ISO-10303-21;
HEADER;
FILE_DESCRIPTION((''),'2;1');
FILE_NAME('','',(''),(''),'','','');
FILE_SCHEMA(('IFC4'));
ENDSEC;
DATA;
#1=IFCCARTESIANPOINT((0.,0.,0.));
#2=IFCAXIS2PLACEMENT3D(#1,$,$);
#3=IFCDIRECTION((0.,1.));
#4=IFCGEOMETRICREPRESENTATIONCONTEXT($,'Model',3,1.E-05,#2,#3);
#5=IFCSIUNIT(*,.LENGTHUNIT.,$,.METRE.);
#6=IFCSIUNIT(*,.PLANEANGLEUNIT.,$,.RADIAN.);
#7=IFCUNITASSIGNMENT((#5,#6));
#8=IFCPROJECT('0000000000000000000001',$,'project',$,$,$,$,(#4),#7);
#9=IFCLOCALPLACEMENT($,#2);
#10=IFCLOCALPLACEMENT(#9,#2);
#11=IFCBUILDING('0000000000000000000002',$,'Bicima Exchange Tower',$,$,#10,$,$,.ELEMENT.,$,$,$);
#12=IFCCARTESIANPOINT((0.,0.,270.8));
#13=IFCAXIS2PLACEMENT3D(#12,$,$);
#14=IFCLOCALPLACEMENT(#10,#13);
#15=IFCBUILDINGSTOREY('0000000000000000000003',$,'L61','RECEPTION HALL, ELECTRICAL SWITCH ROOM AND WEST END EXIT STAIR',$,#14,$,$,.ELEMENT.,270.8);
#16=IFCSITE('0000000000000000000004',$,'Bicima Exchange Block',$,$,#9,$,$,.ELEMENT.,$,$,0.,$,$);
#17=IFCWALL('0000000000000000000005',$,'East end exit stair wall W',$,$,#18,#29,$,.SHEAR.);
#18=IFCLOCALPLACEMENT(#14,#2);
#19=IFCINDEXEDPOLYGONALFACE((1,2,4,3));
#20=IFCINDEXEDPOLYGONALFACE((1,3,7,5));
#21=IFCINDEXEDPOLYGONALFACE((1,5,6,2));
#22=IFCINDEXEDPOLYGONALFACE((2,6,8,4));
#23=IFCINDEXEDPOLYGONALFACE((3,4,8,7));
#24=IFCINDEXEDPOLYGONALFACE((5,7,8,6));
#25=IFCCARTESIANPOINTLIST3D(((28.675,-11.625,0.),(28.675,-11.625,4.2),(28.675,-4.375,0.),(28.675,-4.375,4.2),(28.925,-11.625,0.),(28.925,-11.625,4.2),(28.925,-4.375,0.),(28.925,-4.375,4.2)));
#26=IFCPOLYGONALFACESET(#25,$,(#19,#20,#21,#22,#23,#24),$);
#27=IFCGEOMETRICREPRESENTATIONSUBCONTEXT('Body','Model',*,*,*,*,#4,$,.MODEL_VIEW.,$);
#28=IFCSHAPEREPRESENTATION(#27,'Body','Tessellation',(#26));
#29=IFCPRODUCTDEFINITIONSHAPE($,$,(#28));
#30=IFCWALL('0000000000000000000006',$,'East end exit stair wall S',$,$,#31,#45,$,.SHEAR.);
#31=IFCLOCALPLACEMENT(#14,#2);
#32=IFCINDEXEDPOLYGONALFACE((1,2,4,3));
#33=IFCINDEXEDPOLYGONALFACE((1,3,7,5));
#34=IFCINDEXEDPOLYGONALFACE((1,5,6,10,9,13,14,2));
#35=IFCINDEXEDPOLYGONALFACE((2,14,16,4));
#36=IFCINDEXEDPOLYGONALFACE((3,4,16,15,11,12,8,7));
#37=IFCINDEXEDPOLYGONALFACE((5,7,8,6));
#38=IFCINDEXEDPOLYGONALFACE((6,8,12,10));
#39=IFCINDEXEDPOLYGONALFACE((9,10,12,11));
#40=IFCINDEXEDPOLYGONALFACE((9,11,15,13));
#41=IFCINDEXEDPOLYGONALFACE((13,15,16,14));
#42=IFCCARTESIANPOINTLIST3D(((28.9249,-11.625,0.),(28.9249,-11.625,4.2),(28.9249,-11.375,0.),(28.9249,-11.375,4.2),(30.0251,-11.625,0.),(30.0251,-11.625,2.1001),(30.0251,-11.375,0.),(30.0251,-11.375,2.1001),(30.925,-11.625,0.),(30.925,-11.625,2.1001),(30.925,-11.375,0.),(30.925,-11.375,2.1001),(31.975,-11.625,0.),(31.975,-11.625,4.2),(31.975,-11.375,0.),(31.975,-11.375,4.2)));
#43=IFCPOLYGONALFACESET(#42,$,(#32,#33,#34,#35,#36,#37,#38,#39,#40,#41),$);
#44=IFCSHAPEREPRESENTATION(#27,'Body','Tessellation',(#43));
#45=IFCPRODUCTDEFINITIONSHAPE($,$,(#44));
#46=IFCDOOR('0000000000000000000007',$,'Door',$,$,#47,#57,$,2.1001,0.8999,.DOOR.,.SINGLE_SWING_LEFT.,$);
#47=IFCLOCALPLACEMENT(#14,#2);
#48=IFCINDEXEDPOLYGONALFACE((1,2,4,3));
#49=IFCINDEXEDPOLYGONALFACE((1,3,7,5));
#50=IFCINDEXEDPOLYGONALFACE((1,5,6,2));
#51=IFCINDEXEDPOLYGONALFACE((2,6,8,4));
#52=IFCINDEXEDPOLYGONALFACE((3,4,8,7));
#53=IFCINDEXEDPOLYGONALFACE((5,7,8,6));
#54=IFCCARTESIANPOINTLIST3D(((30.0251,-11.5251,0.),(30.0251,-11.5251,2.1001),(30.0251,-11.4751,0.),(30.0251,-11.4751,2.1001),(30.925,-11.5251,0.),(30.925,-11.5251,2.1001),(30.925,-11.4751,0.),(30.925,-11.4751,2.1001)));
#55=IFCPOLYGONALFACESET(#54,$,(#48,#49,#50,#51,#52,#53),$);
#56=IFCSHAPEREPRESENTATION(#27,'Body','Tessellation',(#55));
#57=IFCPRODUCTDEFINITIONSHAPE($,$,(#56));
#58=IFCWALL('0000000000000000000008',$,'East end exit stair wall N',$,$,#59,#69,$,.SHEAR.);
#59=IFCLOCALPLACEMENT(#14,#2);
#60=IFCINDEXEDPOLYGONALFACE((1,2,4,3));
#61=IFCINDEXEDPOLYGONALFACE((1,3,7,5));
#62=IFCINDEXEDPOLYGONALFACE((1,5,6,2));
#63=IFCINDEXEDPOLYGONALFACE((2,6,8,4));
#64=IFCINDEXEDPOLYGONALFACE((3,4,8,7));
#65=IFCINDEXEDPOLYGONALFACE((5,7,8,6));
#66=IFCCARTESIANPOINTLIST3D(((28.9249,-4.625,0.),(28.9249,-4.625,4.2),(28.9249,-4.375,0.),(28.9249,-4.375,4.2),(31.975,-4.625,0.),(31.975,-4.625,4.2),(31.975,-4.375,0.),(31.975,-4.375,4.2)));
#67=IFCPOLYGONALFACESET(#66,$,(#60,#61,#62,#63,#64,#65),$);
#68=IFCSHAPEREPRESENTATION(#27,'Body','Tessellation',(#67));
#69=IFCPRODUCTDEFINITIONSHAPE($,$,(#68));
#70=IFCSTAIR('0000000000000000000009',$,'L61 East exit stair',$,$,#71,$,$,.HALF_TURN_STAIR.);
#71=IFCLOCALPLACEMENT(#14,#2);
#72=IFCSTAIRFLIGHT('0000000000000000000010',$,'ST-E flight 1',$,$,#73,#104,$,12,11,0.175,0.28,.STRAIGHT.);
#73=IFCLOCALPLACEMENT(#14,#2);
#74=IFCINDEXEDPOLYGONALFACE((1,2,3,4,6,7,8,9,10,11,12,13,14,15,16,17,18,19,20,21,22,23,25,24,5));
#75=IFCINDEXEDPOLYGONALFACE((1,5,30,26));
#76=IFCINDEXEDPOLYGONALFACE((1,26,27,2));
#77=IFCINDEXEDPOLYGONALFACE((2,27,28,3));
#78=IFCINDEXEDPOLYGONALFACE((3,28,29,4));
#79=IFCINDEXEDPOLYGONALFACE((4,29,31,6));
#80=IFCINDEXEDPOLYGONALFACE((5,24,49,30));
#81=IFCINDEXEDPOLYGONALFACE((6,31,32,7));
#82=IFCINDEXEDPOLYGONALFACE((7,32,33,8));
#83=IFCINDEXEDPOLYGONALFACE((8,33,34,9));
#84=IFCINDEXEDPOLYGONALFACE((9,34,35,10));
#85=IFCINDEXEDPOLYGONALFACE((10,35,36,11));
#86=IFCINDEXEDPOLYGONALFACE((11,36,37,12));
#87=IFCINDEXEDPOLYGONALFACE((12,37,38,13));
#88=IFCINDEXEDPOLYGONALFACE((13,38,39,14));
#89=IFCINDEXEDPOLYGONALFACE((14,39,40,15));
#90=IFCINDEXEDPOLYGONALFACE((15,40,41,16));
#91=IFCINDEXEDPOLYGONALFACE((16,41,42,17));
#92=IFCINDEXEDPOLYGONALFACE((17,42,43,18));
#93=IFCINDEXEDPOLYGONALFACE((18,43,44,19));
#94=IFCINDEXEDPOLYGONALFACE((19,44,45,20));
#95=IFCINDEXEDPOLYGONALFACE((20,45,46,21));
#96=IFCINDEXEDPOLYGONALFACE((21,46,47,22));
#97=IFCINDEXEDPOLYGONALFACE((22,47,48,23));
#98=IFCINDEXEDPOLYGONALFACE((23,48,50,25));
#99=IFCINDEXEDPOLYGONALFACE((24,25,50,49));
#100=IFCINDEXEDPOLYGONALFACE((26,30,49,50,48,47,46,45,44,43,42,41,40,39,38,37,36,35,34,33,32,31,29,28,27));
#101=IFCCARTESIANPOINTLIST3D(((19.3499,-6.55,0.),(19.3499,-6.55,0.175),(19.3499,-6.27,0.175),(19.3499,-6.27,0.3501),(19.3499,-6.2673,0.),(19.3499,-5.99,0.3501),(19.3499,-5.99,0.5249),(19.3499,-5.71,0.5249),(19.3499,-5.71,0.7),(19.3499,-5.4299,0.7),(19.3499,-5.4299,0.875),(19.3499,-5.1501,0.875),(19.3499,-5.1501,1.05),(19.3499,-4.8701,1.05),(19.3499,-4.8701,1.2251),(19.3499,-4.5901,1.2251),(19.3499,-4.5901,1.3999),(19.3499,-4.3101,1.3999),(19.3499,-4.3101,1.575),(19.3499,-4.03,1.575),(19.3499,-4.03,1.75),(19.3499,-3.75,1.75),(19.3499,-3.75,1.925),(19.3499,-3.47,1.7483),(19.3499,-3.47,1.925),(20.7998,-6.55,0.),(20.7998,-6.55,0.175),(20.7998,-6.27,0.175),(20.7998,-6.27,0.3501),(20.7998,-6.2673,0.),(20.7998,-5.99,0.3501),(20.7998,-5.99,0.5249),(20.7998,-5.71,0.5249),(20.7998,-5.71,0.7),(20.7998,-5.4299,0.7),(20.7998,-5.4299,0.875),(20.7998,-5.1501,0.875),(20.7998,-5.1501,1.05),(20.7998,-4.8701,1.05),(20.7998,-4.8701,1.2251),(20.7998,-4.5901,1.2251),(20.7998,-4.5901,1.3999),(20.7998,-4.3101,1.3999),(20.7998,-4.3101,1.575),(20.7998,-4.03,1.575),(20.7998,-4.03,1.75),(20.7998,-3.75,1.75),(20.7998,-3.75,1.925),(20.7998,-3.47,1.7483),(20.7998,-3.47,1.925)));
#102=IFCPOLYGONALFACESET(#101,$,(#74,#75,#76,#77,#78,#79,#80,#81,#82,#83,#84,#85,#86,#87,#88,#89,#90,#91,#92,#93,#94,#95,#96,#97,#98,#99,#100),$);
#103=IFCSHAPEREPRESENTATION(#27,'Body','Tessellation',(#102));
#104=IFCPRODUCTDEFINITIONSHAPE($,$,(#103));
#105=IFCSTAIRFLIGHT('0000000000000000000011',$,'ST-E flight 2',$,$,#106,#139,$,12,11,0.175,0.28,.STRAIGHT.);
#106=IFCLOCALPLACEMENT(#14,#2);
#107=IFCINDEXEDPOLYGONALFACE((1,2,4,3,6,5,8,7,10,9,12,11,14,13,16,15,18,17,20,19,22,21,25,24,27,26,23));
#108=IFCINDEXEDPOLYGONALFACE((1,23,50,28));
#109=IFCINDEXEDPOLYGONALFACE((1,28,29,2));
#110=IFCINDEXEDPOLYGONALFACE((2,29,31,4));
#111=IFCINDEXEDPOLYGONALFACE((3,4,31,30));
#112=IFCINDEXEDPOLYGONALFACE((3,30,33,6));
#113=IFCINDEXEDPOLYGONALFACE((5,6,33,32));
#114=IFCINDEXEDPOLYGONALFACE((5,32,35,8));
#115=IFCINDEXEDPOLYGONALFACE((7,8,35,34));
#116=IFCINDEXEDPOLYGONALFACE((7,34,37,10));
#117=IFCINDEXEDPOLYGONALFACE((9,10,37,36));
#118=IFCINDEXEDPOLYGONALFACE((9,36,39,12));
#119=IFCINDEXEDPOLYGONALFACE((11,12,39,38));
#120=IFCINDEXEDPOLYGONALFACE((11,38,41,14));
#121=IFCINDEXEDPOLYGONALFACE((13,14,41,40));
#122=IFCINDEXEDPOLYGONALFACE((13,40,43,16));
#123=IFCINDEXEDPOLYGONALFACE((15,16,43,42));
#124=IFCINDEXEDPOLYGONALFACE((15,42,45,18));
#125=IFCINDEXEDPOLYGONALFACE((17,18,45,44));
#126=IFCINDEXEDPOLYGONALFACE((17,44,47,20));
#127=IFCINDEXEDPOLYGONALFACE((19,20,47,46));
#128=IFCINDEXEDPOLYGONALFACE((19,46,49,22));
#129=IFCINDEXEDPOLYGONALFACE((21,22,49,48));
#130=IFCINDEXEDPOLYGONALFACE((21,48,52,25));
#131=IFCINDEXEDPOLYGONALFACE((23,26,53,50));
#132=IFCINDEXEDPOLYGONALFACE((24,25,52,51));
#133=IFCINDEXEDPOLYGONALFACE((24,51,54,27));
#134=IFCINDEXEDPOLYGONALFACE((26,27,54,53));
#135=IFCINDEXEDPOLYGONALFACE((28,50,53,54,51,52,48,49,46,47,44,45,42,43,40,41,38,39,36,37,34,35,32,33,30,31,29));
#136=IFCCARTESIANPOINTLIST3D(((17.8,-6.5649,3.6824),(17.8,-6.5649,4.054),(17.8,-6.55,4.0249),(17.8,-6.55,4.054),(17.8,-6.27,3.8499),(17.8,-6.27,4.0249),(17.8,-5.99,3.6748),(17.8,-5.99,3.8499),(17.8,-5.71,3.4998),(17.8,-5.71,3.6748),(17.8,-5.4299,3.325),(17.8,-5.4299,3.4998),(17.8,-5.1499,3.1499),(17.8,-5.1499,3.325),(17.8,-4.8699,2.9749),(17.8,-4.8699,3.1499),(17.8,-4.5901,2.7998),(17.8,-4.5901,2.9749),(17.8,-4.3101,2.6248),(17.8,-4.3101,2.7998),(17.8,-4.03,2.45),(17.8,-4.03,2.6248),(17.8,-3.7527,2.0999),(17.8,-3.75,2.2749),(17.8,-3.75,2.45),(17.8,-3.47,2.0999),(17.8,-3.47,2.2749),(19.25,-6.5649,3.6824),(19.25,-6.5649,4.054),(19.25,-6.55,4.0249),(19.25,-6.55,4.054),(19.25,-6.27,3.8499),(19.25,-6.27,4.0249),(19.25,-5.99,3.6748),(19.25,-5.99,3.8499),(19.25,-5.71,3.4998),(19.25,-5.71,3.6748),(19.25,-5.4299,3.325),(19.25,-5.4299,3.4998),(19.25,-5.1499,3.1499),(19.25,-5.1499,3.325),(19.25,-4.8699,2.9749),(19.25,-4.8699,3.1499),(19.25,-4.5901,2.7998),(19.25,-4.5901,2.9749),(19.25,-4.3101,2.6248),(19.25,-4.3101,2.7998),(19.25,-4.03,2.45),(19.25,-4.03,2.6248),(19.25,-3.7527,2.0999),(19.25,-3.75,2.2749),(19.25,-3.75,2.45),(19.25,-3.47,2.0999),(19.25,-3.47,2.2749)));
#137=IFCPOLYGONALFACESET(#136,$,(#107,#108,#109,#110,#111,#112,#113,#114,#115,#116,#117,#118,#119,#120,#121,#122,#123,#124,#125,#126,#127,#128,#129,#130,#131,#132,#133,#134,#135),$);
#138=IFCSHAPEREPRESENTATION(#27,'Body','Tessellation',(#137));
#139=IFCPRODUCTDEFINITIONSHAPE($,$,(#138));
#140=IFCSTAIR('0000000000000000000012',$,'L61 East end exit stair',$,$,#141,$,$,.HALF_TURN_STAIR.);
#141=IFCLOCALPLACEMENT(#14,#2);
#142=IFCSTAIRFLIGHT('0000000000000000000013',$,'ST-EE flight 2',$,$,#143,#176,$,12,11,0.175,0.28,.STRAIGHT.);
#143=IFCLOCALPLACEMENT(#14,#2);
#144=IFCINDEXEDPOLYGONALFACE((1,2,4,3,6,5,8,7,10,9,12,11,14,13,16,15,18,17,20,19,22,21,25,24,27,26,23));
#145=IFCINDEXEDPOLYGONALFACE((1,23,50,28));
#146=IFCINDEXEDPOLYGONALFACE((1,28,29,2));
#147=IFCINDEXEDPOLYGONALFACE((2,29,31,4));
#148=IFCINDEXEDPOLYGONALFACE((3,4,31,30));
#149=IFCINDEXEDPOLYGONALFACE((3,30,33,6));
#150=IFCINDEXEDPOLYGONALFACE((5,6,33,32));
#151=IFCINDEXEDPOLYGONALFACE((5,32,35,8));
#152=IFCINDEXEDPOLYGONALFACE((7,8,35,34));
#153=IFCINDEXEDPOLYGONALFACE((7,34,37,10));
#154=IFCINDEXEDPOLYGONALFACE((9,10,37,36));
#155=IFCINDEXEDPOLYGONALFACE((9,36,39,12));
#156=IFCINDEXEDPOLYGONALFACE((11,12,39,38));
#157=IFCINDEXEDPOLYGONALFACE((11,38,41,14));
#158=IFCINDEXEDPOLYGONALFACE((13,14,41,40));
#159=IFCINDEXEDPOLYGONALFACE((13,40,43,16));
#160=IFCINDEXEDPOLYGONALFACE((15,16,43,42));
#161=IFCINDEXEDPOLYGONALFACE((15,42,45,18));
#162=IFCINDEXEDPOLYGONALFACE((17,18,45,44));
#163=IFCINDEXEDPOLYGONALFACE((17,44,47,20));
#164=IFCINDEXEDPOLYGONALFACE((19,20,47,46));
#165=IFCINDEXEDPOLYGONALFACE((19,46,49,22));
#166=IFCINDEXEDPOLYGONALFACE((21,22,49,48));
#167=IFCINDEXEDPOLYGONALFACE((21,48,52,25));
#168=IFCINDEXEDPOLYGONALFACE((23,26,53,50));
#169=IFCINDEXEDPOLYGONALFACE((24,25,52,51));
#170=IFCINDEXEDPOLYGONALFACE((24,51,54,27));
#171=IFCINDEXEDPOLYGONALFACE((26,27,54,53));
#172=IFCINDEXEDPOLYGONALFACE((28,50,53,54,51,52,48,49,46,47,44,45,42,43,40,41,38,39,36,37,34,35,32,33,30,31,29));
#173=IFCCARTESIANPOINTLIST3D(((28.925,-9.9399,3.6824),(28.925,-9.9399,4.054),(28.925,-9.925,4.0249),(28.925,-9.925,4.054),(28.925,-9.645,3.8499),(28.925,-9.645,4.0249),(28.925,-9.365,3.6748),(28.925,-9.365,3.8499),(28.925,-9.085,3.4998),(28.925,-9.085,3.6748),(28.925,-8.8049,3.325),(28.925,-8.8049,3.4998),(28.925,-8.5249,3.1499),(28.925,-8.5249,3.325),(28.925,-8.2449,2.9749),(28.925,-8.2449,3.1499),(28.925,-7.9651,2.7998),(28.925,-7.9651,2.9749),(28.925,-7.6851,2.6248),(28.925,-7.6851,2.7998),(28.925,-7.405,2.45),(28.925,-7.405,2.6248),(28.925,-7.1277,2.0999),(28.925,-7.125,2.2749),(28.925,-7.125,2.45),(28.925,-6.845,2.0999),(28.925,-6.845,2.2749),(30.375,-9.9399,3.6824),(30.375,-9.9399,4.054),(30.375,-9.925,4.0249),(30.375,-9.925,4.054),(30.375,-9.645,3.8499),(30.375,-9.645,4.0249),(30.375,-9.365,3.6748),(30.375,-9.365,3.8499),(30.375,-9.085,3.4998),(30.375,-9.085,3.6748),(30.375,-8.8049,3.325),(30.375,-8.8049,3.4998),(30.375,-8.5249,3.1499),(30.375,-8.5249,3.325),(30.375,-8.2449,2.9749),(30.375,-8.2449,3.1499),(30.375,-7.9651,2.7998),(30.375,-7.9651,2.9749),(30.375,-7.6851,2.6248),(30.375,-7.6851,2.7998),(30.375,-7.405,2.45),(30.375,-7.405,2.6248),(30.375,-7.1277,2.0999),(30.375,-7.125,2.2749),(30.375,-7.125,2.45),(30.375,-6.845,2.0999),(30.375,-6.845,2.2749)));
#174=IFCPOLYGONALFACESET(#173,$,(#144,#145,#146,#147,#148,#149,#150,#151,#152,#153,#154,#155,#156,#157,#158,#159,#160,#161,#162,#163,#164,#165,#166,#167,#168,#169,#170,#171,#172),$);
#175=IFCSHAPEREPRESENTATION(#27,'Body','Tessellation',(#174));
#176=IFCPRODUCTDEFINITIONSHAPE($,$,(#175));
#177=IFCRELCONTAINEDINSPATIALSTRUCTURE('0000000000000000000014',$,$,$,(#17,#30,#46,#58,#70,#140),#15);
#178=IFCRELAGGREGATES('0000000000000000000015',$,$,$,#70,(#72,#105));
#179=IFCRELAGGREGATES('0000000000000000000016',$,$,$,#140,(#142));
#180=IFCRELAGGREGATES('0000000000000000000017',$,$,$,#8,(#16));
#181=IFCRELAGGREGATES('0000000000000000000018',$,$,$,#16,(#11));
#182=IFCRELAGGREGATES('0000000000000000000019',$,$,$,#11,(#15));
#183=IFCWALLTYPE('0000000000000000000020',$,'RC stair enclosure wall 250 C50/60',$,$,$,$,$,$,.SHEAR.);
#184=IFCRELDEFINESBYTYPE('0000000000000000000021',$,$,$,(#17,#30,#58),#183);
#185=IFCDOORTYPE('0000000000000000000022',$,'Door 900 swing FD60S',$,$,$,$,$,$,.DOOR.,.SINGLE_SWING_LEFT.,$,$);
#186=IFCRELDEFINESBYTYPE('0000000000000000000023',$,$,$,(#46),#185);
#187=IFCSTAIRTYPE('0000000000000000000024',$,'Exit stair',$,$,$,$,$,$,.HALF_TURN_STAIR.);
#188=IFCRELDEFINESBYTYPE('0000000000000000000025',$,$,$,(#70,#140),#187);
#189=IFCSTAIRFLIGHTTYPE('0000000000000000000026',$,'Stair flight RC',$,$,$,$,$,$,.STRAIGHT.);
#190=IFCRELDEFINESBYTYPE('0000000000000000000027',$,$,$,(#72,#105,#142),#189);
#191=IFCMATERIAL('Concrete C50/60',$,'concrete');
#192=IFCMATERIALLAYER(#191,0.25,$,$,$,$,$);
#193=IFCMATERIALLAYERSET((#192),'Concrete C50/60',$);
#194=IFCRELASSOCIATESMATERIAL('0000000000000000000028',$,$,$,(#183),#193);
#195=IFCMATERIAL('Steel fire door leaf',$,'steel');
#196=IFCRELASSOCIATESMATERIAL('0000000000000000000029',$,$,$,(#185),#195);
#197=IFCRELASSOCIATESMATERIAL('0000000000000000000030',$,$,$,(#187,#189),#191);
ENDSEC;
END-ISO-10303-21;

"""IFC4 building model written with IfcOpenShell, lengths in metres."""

from ifc_helpers import new_model, si_unit, direction, frame, frame_2d, origin, place, context, subcontext, project, spatial, polyline, rectangle, outline, extrude, material, layer, layer_set, type_object, element, fill, aggregate, save


model = new_model("IFC4")

# Units and contexts
model_context = context("Model", 3, precision=1e-05, world=origin(), true_north=direction((0.0, 1.0)))
body_context = subcontext(model_context, "Body", "Model", "MODEL_VIEW")
ifc_project = project(units=[si_unit("LENGTHUNIT", "METRE"), si_unit("PLANEANGLEUNIT", "RADIAN")], contexts=[model_context])

# Site, building, storey
site_placement = place(None, origin())
site = spatial("IfcSite", under=ifc_project, at=site_placement, Name="Bicima Exchange Block", CompositionType="ELEMENT", RefElevation=0.0)
building_placement = place(site_placement, origin())
building = spatial("IfcBuilding", under=site, at=building_placement, Name="Bicima Exchange Tower", CompositionType="ELEMENT")
storey_placement = place(building_placement, frame((0.0, 0.0, 270.8)))
storey = spatial("IfcBuildingStorey", under=building, at=storey_placement, Name="L61", Description="RECEPTION HALL, ELECTRICAL SWITCH ROOM AND WEST END EXIT STAIR", CompositionType="ELEMENT", Elevation=270.8)

# Wall
ifc_material_1 = material(Name="Concrete C50/60", Category="concrete")
ifc_layer_1 = layer(ifc_material_1, 0.25)
ifc_layer_set_1 = layer_set([ifc_layer_1], Name="Concrete C50/60")
wall_type_1 = type_object("IfcWallType", Name="RC stair enclosure wall 250 C50/60", PredefinedType="SHEAR", material=ifc_layer_set_1)
wall_1_placement = place(storey_placement, frame((28.8, -11.625, 0.0), z_axis=(0.0, 0.0, 1.0), x_axis=(0.0, 1.0, 0.0)))
element("IfcWall", 1, at=wall_1_placement, inside=storey, type_object=wall_type_1, Name="East end exit stair wall W", PredefinedType="SHEAR", context=body_context, shape_type="SweptSolid", body=[
    extrude(rectangle(XDim=7.25, YDim=0.25, at=frame_2d((3.625, 0.0))), origin(), (0.0, 0.0, 1.0), 4.2),
])

# Wall, opening, door
wall_2_placement = place(storey_placement, frame((28.925, -11.5, 0.0), z_axis=(0.0, 0.0, 1.0), x_axis=(1.0, 0.0, 0.0)))
wall_2 = element("IfcWall", 2, at=wall_2_placement, inside=storey, type_object=wall_type_1, Name="East end exit stair wall S", PredefinedType="SHEAR", context=body_context, shape_type="SweptSolid", body=[
    extrude(rectangle(XDim=3.05, YDim=0.25, at=frame_2d((1.5249, 0.0))), origin(), (0.0, 0.0, 1.0), 4.2),
])
opening_placement = place(wall_2_placement, frame((1.1001, 0.0, 0.0)))
opening = element("IfcOpeningElement", 3, at=opening_placement, cuts=wall_2, PredefinedType="OPENING", context=body_context, shape_type="SweptSolid", body=[
    extrude(rectangle(XDim=0.8999, YDim=2.1001, at=frame_2d((0.45, 1.05))), frame((0.0, 0.137, 0.0), z_axis=(0.0, -1.0, 0.0), x_axis=(1.0, 0.0, 0.0)), (0.0, 0.0, 1.0), 0.2739),
])
ifc_material_2 = material(Name="Steel fire door leaf", Category="steel")
door_type = type_object("IfcDoorType", Name="Door 900 swing FD60S", OperationType="SINGLE_SWING_LEFT", PredefinedType="DOOR", material=ifc_material_2)
door_placement = place(opening_placement, origin())
door = element("IfcDoor", 4, at=door_placement, inside=storey, type_object=door_type, Name="Door", OperationType="SINGLE_SWING_LEFT", OverallHeight=2.1001, OverallWidth=0.8999, PredefinedType="DOOR", context=body_context, shape_type="SweptSolid", body=[
    extrude(rectangle(XDim=0.8999, YDim=2.1001, at=frame_2d((0.45, 1.05))), frame((0.0, 0.0249, 0.0), z_axis=(0.0, -1.0, 0.0), x_axis=(1.0, 0.0, 0.0)), (0.0, 0.0, 1.0), 0.05),
])
fill(opening, door)

# Wall
wall_3_placement = place(storey_placement, frame((28.925, -4.5, 0.0), z_axis=(0.0, 0.0, 1.0), x_axis=(1.0, 0.0, 0.0)))
element("IfcWall", 5, at=wall_3_placement, inside=storey, type_object=wall_type_1, Name="East end exit stair wall N", PredefinedType="SHEAR", context=body_context, shape_type="SweptSolid", body=[
    extrude(rectangle(XDim=3.05, YDim=0.25, at=frame_2d((1.5249, 0.0))), origin(), (0.0, 0.0, 1.0), 4.2),
])

# Stair, stair flights
stair_type = type_object("IfcStairType", Name="Exit stair", PredefinedType="HALF_TURN_STAIR", material=ifc_material_1)
stair_1_placement = place(storey_placement, origin())
stair_1 = element("IfcStair", 6, at=stair_1_placement, inside=storey, type_object=stair_type, Name="L61 East exit stair", PredefinedType="HALF_TURN_STAIR")
stair_flight_type = type_object("IfcStairFlightType", Name="Stair flight RC", PredefinedType="STRAIGHT", material=ifc_material_1)
stair_flight_1_placement = place(storey_placement, frame((20.075, -6.55, 0.0), z_axis=(0.0, 0.0, 1.0), x_axis=(0.0, 1.0, 0.0)))
stair_flight_1 = element("IfcStairFlight", 7, at=stair_flight_1_placement, type_object=stair_flight_type, Name="ST-E flight 1", NumberOfRisers=12, NumberOfTreads=11, PredefinedType="STRAIGHT", RiserHeight=0.175, TreadLength=0.28, context=body_context, shape_type="SweptSolid", body=[
    extrude(outline(polyline([(0.0, 0.0), (0.0, 0.175), (0.28, 0.175), (0.28, 0.3501), (0.5601, 0.3501), (0.5601, 0.5249), (0.8401, 0.5249), (0.8401, 0.7), (1.1201, 0.7), (1.1201, 0.875), (1.3999, 0.875), (1.3999, 1.05), (1.6799, 1.05), (1.6799, 1.2251), (1.96, 1.2251), (1.96, 1.3999), (2.24, 1.3999), (2.24, 1.575), (2.52, 1.575), (2.52, 1.75), (2.8, 1.75), (2.8, 1.925), (3.0801, 1.925), (3.0801, 2.1001), (3.0801, 1.7483), (0.2827, 0.0), (0.0, 0.0)])), frame((0.0, 0.7251, 0.0), z_axis=(0.0, -1.0, 0.0), x_axis=(1.0, 0.0, 0.0)), (0.0, 0.0, 1.0), 1.45),
])
stair_flight_2_placement = place(storey_placement, frame((18.5249, -3.47, 2.0999), z_axis=(0.0, 0.0, 1.0), x_axis=(0.0, -1.0, 0.0)))
stair_flight_2 = element("IfcStairFlight", 8, at=stair_flight_2_placement, type_object=stair_flight_type, Name="ST-E flight 2", NumberOfRisers=12, NumberOfTreads=11, PredefinedType="STRAIGHT", RiserHeight=0.175, TreadLength=0.28, context=body_context, shape_type="SweptSolid", body=[
    extrude(outline(polyline([(0.0, 0.0), (0.0, 0.175), (0.28, 0.175), (0.28, 0.3501), (0.5601, 0.3501), (0.5601, 0.5249), (0.8401, 0.5249), (0.8401, 0.7), (1.1201, 0.7), (1.1201, 0.875), (1.3999, 0.875), (1.3999, 1.05), (1.6799, 1.05), (1.6799, 1.2251), (1.96, 1.2251), (1.96, 1.3999), (2.24, 1.3999), (2.24, 1.575), (2.52, 1.575), (2.52, 1.75), (2.8, 1.75), (2.8, 1.925), (3.0801, 1.925), (3.0801, 1.9541), (3.095, 1.9541), (3.095, 1.5825), (0.2827, 0.0), (0.0, 0.0)])), frame((0.0, 0.7251, 0.0), z_axis=(0.0, -1.0, 0.0), x_axis=(1.0, 0.0, 0.0)), (0.0, 0.0, 1.0), 1.45),
])
aggregate(stair_1, [stair_flight_1, stair_flight_2])

# Stair, stair flight
stair_2_placement = place(storey_placement, origin())
stair_2 = element("IfcStair", 9, at=stair_2_placement, inside=storey, type_object=stair_type, Name="L61 East end exit stair", PredefinedType="HALF_TURN_STAIR")
stair_flight_3_placement = place(storey_placement, frame((29.6499, -6.845, 2.0999), z_axis=(0.0, 0.0, 1.0), x_axis=(0.0, -1.0, 0.0)))
stair_flight_3 = element("IfcStairFlight", 10, at=stair_flight_3_placement, type_object=stair_flight_type, Name="ST-EE flight 2", NumberOfRisers=12, NumberOfTreads=11, PredefinedType="STRAIGHT", RiserHeight=0.175, TreadLength=0.28, context=body_context, shape_type="SweptSolid", body=[
    extrude(outline(polyline([(0.0, 0.0), (0.0, 0.175), (0.28, 0.175), (0.28, 0.3501), (0.5601, 0.3501), (0.5601, 0.5249), (0.8401, 0.5249), (0.8401, 0.7), (1.1201, 0.7), (1.1201, 0.875), (1.3999, 0.875), (1.3999, 1.05), (1.6799, 1.05), (1.6799, 1.2251), (1.96, 1.2251), (1.96, 1.3999), (2.24, 1.3999), (2.24, 1.575), (2.52, 1.575), (2.52, 1.75), (2.8, 1.75), (2.8, 1.925), (3.0801, 1.925), (3.0801, 1.9541), (3.095, 1.9541), (3.095, 1.5825), (0.2827, 0.0), (0.0, 0.0)])), frame((0.0, 0.7251, 0.0), z_axis=(0.0, -1.0, 0.0), x_axis=(1.0, 0.0, 0.0)), (0.0, 0.0, 1.0), 1.45),
])
aggregate(stair_2, [stair_flight_3])

save(model, "model.ifc")
